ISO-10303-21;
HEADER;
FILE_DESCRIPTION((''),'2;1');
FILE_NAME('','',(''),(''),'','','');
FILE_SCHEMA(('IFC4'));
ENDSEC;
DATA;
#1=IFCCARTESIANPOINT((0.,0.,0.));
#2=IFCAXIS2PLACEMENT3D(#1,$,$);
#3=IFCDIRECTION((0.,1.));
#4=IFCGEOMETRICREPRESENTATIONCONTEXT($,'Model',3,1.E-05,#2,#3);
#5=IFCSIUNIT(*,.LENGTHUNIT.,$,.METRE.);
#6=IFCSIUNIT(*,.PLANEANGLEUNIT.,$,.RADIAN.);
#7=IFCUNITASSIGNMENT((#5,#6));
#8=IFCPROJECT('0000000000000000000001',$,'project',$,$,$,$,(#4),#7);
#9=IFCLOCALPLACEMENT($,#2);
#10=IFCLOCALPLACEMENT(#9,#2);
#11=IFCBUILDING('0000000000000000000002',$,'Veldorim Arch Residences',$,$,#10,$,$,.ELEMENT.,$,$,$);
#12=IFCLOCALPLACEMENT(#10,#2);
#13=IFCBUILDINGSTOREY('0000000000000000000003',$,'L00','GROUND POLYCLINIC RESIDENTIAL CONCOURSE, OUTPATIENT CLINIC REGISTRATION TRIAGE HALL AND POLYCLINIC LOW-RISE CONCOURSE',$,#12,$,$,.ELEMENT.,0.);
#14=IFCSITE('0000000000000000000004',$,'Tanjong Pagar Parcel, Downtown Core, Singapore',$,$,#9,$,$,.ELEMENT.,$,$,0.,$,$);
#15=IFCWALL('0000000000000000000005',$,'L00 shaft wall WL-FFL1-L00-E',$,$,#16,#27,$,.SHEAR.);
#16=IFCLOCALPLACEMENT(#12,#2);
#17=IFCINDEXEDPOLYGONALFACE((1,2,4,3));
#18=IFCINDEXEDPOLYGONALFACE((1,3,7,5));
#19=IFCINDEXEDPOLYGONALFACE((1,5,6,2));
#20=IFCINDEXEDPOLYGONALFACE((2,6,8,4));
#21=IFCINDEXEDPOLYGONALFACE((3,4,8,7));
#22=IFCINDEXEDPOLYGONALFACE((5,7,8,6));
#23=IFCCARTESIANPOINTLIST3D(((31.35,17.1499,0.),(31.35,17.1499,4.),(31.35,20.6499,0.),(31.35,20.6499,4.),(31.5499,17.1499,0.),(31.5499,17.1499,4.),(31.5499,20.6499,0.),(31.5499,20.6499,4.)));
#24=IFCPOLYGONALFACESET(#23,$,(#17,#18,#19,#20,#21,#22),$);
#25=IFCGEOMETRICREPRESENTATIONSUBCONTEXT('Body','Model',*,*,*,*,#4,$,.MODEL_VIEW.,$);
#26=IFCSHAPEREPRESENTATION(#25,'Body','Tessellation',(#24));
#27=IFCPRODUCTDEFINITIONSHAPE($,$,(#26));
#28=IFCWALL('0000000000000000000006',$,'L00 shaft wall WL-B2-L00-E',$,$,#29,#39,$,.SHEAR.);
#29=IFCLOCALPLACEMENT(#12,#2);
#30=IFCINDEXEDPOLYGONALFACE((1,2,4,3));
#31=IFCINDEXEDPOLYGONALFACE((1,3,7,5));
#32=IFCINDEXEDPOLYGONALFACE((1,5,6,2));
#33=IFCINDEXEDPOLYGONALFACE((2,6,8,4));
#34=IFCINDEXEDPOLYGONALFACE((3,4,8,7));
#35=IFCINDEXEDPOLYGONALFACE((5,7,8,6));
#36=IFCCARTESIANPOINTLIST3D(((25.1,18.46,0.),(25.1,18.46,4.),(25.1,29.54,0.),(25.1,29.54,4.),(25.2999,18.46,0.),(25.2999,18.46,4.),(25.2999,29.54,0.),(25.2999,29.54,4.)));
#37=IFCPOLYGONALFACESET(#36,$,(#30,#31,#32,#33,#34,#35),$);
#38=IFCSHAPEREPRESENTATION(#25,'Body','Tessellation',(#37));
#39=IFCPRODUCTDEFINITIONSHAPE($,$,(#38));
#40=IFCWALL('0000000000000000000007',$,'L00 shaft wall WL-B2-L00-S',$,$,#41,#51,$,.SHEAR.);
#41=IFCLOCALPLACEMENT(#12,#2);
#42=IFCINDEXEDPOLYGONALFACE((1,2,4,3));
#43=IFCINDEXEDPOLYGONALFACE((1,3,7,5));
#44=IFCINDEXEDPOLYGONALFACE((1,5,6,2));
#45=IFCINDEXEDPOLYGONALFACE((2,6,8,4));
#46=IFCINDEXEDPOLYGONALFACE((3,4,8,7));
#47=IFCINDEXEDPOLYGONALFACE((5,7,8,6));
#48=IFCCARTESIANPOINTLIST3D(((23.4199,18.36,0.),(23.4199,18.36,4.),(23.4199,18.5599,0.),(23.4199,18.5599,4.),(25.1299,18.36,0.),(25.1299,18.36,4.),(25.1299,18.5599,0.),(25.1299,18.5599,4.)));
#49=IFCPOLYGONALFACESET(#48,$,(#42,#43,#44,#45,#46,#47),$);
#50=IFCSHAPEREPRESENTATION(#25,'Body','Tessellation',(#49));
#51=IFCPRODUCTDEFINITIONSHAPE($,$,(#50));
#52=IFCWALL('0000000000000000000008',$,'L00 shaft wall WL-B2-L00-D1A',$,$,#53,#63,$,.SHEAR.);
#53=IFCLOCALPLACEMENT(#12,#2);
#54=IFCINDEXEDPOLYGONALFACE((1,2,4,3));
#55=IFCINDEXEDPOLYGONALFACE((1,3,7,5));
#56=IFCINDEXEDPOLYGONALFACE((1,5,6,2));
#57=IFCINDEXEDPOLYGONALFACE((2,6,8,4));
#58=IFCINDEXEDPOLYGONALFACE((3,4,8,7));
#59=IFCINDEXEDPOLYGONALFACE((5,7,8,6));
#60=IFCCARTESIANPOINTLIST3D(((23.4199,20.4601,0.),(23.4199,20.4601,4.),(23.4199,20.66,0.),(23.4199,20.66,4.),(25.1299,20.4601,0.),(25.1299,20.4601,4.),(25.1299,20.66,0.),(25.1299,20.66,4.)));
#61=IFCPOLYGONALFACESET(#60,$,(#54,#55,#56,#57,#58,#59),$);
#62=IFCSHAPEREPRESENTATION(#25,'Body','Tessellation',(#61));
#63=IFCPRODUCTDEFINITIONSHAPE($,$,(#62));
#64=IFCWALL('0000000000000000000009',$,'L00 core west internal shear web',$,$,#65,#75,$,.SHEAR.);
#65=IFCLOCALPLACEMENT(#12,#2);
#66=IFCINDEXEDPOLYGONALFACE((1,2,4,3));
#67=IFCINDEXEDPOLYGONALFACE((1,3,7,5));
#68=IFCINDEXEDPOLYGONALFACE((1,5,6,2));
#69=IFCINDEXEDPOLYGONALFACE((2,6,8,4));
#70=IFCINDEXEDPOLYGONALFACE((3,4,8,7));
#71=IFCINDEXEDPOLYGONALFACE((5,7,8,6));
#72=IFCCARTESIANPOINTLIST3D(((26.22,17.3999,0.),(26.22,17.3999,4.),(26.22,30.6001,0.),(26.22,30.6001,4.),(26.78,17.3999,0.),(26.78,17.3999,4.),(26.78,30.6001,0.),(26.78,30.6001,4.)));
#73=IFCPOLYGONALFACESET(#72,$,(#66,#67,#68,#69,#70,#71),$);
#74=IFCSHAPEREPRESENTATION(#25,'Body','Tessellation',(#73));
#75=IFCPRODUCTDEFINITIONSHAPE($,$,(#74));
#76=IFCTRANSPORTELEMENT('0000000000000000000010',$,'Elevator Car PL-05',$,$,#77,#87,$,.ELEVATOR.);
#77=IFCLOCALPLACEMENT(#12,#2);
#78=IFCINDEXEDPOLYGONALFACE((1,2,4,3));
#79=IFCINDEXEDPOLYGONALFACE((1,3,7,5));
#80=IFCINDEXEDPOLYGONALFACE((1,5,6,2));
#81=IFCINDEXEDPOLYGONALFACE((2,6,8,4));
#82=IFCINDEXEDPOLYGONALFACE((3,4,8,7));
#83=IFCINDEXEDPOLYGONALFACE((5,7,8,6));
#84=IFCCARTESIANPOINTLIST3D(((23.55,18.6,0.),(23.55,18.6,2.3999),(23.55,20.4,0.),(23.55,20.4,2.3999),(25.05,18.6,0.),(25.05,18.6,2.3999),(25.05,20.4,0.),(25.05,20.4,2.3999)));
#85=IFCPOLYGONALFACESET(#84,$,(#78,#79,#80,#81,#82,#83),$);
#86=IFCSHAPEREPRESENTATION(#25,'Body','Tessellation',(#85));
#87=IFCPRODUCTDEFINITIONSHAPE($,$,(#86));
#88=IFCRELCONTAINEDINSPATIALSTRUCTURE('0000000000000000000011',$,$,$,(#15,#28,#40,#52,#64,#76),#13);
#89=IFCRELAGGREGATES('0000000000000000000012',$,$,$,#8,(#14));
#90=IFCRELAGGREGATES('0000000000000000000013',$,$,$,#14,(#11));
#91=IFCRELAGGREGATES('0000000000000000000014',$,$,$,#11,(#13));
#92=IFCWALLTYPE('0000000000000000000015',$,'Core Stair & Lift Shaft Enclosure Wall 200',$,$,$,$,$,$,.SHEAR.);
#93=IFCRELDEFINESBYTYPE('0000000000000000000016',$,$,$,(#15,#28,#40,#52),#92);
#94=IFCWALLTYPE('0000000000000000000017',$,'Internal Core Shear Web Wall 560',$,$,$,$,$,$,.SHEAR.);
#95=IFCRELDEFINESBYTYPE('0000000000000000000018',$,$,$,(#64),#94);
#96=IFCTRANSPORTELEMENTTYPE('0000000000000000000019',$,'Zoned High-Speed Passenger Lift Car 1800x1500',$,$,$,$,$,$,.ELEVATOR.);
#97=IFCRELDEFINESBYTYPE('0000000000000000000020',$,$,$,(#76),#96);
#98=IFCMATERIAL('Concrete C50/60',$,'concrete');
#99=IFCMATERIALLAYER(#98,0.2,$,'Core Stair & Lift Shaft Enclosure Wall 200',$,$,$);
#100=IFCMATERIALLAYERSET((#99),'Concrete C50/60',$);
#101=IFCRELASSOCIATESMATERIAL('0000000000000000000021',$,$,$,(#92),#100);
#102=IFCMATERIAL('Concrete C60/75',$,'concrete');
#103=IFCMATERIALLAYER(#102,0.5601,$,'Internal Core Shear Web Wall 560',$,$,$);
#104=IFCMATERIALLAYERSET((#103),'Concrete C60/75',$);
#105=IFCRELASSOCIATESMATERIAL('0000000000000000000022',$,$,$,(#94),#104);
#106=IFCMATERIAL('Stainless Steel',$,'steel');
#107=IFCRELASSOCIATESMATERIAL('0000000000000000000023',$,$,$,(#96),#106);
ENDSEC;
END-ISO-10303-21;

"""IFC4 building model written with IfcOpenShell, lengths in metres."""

from ifc_helpers import new_model, si_unit, direction, frame, frame_2d, origin, origin_2d, place, context, subcontext, project, spatial, rectangle, extrude, material, layer, layer_set, type_object, element, save


model = new_model("IFC4")

# Units and contexts
model_context = context("Model", 3, precision=1e-05, world=origin(), true_north=direction((0.0, 1.0)))
body_context = subcontext(model_context, "Body", "Model", "MODEL_VIEW")
ifc_project = project(units=[si_unit("LENGTHUNIT", "METRE"), si_unit("PLANEANGLEUNIT", "RADIAN")], contexts=[model_context])

# Site, building, storey
site_placement = place(None, origin())
site = spatial("IfcSite", under=ifc_project, at=site_placement, Name="Tanjong Pagar Parcel, Downtown Core, Singapore", CompositionType="ELEMENT", RefElevation=0.0)
building_placement = place(site_placement, origin())
building = spatial("IfcBuilding", under=site, at=building_placement, Name="Veldorim Arch Residences", CompositionType="ELEMENT")
storey_placement = place(building_placement, origin())
storey = spatial("IfcBuildingStorey", under=building, at=storey_placement, Name="L00", Description="GROUND POLYCLINIC RESIDENTIAL CONCOURSE, OUTPATIENT CLINIC REGISTRATION TRIAGE HALL AND POLYCLINIC LOW-RISE CONCOURSE", CompositionType="ELEMENT", Elevation=0.0)

# Walls
ifc_material_1 = material(Name="Concrete C50/60", Category="concrete")
ifc_layer_1 = layer(ifc_material_1, 0.2, Name="Core Stair & Lift Shaft Enclosure Wall 200")
ifc_layer_set_1 = layer_set([ifc_layer_1], Name="Concrete C50/60")
wall_type_1 = type_object("IfcWallType", Name="Core Stair & Lift Shaft Enclosure Wall 200", PredefinedType="SHEAR", material=ifc_layer_set_1)
wall_1_placement = place(storey_placement, frame((31.45, 17.1499, 0.0), z_axis=(0.0, 0.0, 1.0), x_axis=(0.0, 1.0, 0.0)))
element("IfcWall", 1, at=wall_1_placement, inside=storey, type_object=wall_type_1, Name="L00 shaft wall WL-FFL1-L00-E", PredefinedType="SHEAR", context=body_context, shape_type="SweptSolid", body=[
    extrude(rectangle(XDim=3.5, YDim=0.2, at=frame_2d((1.75, 0.0))), origin(), (0.0, 0.0, 1.0), 4.0),
])
wall_2_placement = place(storey_placement, frame((25.2, 18.46, 0.0), z_axis=(0.0, 0.0, 1.0), x_axis=(0.0, 1.0, 0.0)))
element("IfcWall", 2, at=wall_2_placement, inside=storey, type_object=wall_type_1, Name="L00 shaft wall WL-B2-L00-E", PredefinedType="SHEAR", context=body_context, shape_type="SweptSolid", body=[
    extrude(rectangle(XDim=11.0801, YDim=0.2, at=frame_2d((5.54, 0.0))), origin(), (0.0, 0.0, 1.0), 4.0),
])
for number, where, z_axis, x_axis, name in (
    (3, (23.4199, 18.46, 0.0), (0.0, 0.0, 1.0), (1.0, 0.0, 0.0), "L00 shaft wall WL-B2-L00-S"),
    (4, (23.4199, 20.5601, 0.0), (0.0, 0.0, 1.0), (1.0, 0.0, 0.0), "L00 shaft wall WL-B2-L00-D1A"),
):
    element("IfcWall", number, at=place(storey_placement, frame(where, z_axis=z_axis, x_axis=x_axis)), inside=storey, type_object=wall_type_1, Name=name, PredefinedType="SHEAR", context=body_context, shape_type="SweptSolid", body=[
        extrude(rectangle(XDim=1.71, YDim=0.2, at=frame_2d((0.855, 0.0))), origin(), (0.0, 0.0, 1.0), 4.0),
    ])
ifc_material_2 = material(Name="Concrete C60/75", Category="concrete")
ifc_layer_2 = layer(ifc_material_2, 0.5601, Name="Internal Core Shear Web Wall 560")
ifc_layer_set_2 = layer_set([ifc_layer_2], Name="Concrete C60/75")
wall_type_2 = type_object("IfcWallType", Name="Internal Core Shear Web Wall 560", PredefinedType="SHEAR", material=ifc_layer_set_2)
wall_3_placement = place(storey_placement, frame((26.5, 17.3999, 0.0), z_axis=(0.0, 0.0, 1.0), x_axis=(0.0, 1.0, 0.0)))
element("IfcWall", 5, at=wall_3_placement, inside=storey, type_object=wall_type_2, Name="L00 core west internal shear web", PredefinedType="SHEAR", context=body_context, shape_type="SweptSolid", body=[
    extrude(rectangle(XDim=13.2002, YDim=0.5601, at=frame_2d((6.6001, 0.0))), origin(), (0.0, 0.0, 1.0), 4.0),
])

# Transport element
ifc_material_3 = material(Name="Stainless Steel", Category="steel")
transport_element_type = type_object("IfcTransportElementType", Name="Zoned High-Speed Passenger Lift Car 1800x1500", PredefinedType="ELEVATOR", material=ifc_material_3)
transport_element_placement = place(storey_placement, frame((24.3, 19.5, 0.0), z_axis=(0.0, 0.0, 1.0), x_axis=(0.0, 1.0, 0.0)))
element("IfcTransportElement", 6, at=transport_element_placement, inside=storey, type_object=transport_element_type, Name="Elevator Car PL-05", PredefinedType="ELEVATOR", context=body_context, shape_type="SweptSolid", body=[
    extrude(rectangle(XDim=1.8, YDim=1.5, at=origin_2d()), origin(), (0.0, 0.0, 1.0), 2.3999),
])

save(model, "model.ifc")
